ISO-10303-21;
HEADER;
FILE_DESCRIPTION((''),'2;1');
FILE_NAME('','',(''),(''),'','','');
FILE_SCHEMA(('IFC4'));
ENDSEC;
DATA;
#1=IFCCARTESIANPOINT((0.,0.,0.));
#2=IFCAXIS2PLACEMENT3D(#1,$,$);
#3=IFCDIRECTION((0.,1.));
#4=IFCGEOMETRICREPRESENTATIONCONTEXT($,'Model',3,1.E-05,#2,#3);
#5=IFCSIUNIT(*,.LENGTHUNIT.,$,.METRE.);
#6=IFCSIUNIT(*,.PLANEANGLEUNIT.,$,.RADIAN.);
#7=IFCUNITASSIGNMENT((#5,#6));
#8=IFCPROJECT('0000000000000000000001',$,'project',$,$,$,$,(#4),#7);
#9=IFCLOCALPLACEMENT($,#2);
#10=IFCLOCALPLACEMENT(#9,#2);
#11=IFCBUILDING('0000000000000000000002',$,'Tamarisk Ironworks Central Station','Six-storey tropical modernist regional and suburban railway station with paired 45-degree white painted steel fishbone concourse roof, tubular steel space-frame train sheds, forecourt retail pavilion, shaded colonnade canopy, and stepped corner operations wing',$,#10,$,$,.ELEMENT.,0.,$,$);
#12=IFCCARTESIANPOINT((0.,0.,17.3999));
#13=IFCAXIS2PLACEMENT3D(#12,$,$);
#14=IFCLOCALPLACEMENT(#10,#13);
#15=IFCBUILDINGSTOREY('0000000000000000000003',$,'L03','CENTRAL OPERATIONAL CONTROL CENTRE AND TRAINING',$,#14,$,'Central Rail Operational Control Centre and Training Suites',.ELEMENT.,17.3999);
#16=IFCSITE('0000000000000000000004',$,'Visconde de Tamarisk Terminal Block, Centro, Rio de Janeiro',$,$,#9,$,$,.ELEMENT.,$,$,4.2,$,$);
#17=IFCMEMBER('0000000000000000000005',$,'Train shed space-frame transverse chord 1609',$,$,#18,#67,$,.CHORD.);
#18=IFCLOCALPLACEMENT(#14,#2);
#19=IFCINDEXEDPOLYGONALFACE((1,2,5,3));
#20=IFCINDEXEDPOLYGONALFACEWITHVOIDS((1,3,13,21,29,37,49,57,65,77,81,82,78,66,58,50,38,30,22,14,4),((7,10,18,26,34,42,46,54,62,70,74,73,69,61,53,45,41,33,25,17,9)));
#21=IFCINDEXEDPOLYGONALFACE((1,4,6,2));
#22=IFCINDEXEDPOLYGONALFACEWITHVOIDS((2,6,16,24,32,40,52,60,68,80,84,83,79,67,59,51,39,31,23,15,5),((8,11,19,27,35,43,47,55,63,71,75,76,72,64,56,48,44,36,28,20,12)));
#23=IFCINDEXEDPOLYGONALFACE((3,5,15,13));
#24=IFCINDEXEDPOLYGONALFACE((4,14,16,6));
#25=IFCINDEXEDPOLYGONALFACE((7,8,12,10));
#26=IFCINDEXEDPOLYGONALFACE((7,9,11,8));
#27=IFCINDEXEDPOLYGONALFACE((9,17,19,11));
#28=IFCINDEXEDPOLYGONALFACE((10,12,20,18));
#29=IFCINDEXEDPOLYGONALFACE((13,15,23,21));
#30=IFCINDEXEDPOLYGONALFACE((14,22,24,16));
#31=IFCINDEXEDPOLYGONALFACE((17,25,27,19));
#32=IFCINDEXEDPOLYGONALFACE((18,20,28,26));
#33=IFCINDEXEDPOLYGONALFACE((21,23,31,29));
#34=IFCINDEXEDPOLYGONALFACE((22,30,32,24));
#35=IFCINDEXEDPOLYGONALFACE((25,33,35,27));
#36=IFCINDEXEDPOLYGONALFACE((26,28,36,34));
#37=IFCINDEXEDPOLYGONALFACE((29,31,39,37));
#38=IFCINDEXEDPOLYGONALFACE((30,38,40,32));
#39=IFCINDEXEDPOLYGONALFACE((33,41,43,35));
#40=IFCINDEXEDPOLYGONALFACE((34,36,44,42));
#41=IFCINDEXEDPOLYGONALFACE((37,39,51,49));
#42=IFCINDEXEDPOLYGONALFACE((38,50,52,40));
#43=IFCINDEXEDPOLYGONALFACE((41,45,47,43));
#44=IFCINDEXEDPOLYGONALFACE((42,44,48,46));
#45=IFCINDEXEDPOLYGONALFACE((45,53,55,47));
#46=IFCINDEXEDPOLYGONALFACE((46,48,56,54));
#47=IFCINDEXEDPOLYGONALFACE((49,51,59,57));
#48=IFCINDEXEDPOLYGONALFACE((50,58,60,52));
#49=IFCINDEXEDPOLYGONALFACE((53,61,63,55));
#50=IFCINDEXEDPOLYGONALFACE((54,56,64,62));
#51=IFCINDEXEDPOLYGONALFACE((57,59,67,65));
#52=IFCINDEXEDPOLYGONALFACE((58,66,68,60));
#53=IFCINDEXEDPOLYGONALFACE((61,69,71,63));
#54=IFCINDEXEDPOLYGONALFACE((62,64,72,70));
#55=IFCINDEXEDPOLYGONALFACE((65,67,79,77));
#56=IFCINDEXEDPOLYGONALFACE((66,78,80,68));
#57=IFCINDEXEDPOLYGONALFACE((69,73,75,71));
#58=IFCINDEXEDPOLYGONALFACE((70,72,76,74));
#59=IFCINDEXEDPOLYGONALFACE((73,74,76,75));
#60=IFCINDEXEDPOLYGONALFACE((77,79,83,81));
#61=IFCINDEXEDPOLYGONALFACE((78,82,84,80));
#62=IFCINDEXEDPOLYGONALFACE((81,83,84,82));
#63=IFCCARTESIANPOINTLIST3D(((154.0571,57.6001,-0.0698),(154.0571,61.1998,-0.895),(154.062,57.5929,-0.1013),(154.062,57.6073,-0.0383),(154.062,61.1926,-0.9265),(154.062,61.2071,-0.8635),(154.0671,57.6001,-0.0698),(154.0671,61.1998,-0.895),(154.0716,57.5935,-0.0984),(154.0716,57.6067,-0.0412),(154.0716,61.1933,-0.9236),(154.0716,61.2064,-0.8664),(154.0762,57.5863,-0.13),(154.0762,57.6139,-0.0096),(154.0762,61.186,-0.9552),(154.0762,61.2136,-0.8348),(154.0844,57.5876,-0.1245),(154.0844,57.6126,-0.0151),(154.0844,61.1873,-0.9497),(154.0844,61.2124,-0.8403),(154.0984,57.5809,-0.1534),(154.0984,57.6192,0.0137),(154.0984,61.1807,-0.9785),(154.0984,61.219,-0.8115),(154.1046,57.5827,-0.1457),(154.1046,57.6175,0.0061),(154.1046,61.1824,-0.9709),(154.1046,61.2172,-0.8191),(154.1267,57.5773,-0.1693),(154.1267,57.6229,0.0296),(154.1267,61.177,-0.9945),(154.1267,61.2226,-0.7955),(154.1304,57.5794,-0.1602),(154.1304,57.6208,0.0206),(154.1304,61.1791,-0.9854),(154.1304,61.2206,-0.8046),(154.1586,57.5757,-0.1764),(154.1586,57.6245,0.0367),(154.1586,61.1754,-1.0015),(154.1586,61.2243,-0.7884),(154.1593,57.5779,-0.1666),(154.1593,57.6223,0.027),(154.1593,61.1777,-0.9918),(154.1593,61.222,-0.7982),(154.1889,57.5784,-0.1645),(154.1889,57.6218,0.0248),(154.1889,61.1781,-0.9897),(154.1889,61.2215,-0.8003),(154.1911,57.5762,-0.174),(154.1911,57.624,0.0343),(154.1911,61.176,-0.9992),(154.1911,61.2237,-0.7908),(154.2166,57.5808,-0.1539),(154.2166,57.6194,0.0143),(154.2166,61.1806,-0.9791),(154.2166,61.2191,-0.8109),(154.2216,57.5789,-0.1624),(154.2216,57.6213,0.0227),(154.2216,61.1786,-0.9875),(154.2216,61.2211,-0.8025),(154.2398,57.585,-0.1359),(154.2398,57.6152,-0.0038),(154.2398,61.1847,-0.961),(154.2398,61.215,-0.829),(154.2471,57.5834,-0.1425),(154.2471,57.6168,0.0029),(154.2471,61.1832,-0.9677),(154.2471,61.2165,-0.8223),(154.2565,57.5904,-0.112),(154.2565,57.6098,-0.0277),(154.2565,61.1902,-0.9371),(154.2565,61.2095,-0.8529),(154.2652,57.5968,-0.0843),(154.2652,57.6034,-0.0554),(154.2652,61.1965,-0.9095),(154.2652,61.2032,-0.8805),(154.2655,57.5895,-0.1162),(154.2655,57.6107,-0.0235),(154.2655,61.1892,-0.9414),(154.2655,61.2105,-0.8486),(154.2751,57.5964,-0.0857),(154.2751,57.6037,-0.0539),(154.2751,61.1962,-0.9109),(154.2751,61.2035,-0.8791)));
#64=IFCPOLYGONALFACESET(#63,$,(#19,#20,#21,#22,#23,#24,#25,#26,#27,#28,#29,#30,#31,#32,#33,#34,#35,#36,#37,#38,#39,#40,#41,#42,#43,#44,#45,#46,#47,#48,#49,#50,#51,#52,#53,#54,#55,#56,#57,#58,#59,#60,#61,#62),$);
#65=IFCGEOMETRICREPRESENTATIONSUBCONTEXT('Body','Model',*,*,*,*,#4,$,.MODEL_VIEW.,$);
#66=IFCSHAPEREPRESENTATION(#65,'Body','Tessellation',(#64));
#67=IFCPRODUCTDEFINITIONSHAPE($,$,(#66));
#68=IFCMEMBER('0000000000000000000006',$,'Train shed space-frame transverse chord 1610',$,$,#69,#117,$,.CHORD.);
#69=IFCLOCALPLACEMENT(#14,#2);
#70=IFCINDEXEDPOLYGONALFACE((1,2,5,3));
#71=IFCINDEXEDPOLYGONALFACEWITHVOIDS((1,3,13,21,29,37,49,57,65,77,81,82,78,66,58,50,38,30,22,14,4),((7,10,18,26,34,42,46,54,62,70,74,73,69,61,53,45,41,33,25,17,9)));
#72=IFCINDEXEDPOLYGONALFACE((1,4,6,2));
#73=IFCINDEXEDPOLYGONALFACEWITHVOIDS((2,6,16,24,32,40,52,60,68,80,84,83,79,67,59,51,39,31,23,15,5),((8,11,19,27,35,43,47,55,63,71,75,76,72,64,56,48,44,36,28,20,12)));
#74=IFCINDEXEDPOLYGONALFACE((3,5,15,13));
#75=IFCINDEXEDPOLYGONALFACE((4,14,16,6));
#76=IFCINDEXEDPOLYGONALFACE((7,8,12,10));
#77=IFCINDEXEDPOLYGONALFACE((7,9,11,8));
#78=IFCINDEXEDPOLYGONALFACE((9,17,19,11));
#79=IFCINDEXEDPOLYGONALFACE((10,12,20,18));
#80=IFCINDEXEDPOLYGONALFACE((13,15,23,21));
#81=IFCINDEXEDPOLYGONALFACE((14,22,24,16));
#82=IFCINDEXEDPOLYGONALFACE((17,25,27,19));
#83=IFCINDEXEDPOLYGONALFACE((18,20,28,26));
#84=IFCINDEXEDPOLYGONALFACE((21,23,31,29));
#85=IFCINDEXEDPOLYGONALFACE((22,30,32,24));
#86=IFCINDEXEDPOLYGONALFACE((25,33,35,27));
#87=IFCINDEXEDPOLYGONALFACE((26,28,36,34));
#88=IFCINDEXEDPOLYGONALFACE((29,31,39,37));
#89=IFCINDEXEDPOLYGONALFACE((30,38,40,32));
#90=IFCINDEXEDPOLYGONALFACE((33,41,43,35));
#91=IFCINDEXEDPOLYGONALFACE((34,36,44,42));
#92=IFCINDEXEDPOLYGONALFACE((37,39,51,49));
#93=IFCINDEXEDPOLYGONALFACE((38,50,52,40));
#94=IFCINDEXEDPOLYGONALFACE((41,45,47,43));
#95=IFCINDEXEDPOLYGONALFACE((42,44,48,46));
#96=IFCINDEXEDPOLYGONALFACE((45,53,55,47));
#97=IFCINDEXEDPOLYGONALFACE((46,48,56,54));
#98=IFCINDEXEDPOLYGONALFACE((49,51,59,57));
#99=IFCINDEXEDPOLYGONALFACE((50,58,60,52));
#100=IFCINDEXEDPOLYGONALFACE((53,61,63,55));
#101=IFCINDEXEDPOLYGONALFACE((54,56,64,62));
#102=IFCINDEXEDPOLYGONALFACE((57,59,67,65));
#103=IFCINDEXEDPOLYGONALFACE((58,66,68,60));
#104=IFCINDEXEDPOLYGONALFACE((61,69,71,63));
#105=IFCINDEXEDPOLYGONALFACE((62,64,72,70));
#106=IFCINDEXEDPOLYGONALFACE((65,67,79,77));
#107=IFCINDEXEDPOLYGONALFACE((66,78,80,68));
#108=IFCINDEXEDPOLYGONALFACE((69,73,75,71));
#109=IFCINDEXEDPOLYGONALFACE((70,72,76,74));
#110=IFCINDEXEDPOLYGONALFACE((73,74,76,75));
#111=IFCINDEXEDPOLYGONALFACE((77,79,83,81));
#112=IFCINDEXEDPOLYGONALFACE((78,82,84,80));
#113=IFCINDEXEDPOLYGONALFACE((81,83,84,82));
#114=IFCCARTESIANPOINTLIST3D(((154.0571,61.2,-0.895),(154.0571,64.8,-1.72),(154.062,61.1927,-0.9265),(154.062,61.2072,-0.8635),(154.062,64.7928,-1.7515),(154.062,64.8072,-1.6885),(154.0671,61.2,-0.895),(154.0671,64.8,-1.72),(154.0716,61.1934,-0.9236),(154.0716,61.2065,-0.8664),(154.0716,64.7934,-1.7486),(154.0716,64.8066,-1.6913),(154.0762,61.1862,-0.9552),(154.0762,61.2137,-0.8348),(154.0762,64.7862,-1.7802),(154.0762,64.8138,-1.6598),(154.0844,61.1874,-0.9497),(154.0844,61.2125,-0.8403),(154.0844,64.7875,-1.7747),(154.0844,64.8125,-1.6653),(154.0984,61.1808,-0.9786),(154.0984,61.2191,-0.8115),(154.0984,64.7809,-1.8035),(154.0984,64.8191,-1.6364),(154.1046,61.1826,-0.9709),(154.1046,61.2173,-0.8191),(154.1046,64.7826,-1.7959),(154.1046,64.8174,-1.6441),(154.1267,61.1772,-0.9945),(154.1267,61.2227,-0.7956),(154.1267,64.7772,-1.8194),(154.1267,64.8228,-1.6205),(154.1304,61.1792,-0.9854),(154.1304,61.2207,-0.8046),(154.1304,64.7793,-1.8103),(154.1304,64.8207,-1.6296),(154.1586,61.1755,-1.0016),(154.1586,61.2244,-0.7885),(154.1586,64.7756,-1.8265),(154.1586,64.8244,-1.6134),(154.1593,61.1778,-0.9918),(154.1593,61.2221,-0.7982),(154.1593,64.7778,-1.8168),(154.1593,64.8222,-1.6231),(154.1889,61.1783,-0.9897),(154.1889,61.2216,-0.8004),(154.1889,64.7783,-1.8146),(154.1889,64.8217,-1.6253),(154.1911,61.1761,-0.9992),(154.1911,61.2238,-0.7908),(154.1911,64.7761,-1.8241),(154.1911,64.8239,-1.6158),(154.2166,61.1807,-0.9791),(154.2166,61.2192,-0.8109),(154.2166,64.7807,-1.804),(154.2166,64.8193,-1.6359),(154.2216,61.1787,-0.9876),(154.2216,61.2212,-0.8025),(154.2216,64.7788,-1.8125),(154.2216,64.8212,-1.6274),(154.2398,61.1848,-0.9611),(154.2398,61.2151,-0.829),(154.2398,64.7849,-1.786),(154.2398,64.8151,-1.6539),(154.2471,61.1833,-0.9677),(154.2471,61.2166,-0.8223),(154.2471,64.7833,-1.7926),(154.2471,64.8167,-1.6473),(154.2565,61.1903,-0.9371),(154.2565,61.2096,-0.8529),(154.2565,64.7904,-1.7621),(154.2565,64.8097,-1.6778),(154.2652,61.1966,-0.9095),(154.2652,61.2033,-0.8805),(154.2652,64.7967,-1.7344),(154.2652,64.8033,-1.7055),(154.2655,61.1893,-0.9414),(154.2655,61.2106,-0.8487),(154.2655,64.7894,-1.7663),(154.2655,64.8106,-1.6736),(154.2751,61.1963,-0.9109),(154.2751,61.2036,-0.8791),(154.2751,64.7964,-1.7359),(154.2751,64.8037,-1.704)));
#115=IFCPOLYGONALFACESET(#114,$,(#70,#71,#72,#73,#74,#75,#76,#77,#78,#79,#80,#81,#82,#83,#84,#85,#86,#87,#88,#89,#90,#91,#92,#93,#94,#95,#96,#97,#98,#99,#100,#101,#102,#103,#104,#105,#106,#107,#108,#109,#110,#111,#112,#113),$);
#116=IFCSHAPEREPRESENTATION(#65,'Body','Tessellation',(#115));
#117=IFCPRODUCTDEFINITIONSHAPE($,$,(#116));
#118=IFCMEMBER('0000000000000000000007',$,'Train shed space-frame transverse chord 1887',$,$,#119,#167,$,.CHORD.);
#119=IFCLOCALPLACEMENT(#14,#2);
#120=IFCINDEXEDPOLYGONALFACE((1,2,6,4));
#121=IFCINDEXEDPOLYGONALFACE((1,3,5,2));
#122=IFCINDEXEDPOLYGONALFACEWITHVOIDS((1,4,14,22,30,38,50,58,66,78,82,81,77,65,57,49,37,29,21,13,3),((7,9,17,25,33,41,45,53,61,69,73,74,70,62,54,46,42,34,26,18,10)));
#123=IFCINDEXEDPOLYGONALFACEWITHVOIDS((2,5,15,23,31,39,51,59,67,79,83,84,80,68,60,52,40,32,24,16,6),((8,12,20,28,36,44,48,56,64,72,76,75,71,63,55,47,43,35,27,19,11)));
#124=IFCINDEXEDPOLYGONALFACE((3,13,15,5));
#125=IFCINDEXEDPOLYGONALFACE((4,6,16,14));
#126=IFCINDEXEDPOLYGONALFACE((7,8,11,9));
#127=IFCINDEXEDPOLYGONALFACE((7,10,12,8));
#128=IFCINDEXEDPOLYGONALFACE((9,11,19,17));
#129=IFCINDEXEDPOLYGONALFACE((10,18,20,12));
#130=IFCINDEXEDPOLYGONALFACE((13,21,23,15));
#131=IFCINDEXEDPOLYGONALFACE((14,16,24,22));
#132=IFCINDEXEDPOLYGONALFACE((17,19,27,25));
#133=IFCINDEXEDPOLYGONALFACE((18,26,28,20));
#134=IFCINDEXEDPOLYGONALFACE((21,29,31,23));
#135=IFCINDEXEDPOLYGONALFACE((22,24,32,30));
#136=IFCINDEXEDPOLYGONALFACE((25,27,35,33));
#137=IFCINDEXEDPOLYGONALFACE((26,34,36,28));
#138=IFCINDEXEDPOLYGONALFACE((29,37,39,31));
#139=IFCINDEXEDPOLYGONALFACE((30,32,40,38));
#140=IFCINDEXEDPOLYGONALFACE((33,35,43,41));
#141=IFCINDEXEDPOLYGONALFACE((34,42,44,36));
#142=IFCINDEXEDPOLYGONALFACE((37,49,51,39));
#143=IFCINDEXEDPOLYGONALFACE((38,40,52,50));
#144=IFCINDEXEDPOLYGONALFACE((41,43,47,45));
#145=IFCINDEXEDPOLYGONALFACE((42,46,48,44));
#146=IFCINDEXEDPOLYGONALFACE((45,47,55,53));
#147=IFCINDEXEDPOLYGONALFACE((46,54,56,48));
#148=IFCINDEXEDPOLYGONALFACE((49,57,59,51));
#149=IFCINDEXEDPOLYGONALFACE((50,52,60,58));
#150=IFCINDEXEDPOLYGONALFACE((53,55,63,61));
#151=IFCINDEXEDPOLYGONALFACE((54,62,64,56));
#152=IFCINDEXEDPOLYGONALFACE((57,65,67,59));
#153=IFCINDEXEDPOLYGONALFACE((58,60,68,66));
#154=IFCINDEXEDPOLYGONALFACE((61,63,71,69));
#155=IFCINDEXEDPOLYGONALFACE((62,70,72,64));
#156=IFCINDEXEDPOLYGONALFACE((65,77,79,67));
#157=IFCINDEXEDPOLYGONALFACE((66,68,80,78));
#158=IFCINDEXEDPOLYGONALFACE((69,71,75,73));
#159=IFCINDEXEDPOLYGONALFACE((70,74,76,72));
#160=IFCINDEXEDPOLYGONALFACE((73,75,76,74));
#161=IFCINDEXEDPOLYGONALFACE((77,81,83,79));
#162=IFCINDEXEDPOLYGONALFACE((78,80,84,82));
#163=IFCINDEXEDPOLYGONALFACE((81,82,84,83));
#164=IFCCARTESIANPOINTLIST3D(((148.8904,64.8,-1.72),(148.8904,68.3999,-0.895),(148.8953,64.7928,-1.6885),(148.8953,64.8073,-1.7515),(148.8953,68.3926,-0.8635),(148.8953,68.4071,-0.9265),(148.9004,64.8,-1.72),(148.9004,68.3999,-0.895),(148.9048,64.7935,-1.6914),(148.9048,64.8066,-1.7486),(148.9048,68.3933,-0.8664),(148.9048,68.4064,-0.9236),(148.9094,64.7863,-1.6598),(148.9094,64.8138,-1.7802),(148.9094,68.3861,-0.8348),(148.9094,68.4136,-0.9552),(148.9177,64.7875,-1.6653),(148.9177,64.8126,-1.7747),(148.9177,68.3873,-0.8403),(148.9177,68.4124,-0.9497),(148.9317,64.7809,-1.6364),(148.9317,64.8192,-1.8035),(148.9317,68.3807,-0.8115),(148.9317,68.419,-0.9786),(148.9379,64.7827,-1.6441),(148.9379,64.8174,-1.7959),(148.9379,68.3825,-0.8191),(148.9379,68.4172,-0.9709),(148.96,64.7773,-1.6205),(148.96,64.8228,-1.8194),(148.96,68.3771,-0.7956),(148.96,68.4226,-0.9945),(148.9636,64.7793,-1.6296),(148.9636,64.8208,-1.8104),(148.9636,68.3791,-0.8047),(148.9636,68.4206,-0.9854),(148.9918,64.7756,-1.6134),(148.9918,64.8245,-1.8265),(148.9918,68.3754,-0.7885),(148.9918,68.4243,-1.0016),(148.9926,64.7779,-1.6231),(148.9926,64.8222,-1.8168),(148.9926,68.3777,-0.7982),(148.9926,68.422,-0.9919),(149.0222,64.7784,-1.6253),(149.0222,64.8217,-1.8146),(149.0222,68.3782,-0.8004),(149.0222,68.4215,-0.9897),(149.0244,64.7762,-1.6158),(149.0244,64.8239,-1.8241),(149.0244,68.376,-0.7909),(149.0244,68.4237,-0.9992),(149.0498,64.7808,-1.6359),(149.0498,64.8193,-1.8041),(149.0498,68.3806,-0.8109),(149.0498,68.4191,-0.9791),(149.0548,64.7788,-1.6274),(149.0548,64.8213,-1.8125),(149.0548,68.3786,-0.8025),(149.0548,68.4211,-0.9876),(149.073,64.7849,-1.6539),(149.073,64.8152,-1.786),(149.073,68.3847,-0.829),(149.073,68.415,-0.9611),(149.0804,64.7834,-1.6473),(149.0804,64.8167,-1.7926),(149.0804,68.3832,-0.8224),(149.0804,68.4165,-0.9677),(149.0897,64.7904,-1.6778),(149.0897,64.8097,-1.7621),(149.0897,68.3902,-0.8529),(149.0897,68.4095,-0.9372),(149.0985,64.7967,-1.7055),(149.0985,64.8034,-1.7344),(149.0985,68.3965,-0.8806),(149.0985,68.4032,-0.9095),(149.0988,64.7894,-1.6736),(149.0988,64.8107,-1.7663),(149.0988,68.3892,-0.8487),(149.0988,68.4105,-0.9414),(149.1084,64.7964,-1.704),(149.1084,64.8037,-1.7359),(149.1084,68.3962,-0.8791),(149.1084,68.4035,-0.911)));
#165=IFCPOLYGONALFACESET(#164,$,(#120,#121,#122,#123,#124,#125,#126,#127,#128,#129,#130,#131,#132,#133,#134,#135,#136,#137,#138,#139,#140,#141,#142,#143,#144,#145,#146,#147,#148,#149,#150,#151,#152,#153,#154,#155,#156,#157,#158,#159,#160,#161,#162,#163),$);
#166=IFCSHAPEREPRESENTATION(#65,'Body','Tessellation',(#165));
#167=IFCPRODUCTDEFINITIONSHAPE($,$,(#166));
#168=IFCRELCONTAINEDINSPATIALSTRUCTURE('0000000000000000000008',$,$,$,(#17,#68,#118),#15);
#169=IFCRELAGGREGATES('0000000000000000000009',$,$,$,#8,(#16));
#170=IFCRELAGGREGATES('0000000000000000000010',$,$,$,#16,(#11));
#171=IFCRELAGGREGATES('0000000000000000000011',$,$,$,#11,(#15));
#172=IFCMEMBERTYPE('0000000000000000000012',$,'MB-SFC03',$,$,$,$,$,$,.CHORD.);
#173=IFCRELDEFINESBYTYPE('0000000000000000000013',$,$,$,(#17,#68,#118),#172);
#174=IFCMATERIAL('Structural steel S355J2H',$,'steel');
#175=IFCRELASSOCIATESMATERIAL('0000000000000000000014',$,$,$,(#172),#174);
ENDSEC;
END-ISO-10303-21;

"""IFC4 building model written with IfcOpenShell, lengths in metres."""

from ifc_helpers import new_model, si_unit, direction, frame, origin, origin_2d, place, context, subcontext, project, spatial, hollow_circle, extrude, material, material_profile, profile_set, type_object, element, save


model = new_model("IFC4")

# Units and contexts
model_context = context("Model", 3, precision=1e-05, world=origin(), true_north=direction((0.0, 1.0)))
body_context = subcontext(model_context, "Body", "Model", "MODEL_VIEW")
ifc_project = project(units=[si_unit("LENGTHUNIT", "METRE"), si_unit("PLANEANGLEUNIT", "RADIAN")], contexts=[model_context])

# Site, building, storey
site_placement = place(None, origin())
site = spatial("IfcSite", under=ifc_project, at=site_placement, Name="Visconde de Tamarisk Terminal Block, Centro, Rio de Janeiro", CompositionType="ELEMENT", RefElevation=4.2)
building_placement = place(site_placement, origin())
building = spatial("IfcBuilding", under=site, at=building_placement, Name="Tamarisk Ironworks Central Station", Description="Six-storey tropical modernist regional and suburban railway station with paired 45-degree white painted steel fishbone concourse roof, tubular steel space-frame train sheds, forecourt retail pavilion, shaded colonnade canopy, and stepped corner operations wing", CompositionType="ELEMENT", ElevationOfRefHeight=0.0)
storey_placement = place(building_placement, frame((0.0, 0.0, 17.3999)))
storey = spatial("IfcBuildingStorey", under=building, at=storey_placement, Name="L03", Description="CENTRAL OPERATIONAL CONTROL CENTRE AND TRAINING", LongName="Central Rail Operational Control Centre and Training Suites", CompositionType="ELEMENT", Elevation=17.3999)

# Members
ifc_material = material(Name="Structural steel S355J2H", Category="steel")
ifc_material_profile_1 = material_profile(ifc_material, hollow_circle(Radius=0.1096, WallThickness=0.01, at=origin_2d()), Name="CHS 219.1x10")
ifc_profile_set_1 = profile_set([ifc_material_profile_1], Name="Structural steel S355J2H")
member_type_1 = type_object("IfcMemberType", Name="MB-SFC03", PredefinedType="CHORD", material=ifc_profile_set_1)
member_1_placement = place(storey_placement, frame((154.1667, 57.6001, -0.0698), z_axis=(0.0, 0.974719, -0.223435), x_axis=(-1.0, 0.0, 0.0)))
element("IfcMember", 1, at=member_1_placement, inside=storey, type_object=member_type_1, Name="Train shed space-frame transverse chord 1609", PredefinedType="CHORD", context=body_context, shape_type="SweptSolid", body=[
    extrude(hollow_circle(Radius=0.1096, WallThickness=0.01, at=origin_2d()), origin(), (0.0, 0.0, 1.0), 3.6931),
])
member_2_placement = place(storey_placement, frame((154.1667, 61.2, -0.895), z_axis=(0.0, 0.974737, -0.223358), x_axis=(-1.0, 0.0, 0.0)))
element("IfcMember", 2, at=member_2_placement, inside=storey, type_object=member_type_1, Name="Train shed space-frame transverse chord 1610", PredefinedType="CHORD", context=body_context, shape_type="SweptSolid", body=[
    extrude(hollow_circle(Radius=0.1096, WallThickness=0.01, at=origin_2d()), origin(), (0.0, 0.0, 1.0), 3.6934),
])
member_3_placement = place(storey_placement, frame((149.0, 64.8, -1.72), z_axis=(0.0, 0.974733, 0.223372), x_axis=(-1.0, 0.0, 0.0)))
element("IfcMember", 3, at=member_3_placement, inside=storey, type_object=member_type_1, Name="Train shed space-frame transverse chord 1887", PredefinedType="CHORD", context=body_context, shape_type="SweptSolid", body=[
    extrude(hollow_circle(Radius=0.1096, WallThickness=0.01, at=origin_2d()), origin(), (0.0, 0.0, 1.0), 3.6931),
])

save(model, "model.ifc")
